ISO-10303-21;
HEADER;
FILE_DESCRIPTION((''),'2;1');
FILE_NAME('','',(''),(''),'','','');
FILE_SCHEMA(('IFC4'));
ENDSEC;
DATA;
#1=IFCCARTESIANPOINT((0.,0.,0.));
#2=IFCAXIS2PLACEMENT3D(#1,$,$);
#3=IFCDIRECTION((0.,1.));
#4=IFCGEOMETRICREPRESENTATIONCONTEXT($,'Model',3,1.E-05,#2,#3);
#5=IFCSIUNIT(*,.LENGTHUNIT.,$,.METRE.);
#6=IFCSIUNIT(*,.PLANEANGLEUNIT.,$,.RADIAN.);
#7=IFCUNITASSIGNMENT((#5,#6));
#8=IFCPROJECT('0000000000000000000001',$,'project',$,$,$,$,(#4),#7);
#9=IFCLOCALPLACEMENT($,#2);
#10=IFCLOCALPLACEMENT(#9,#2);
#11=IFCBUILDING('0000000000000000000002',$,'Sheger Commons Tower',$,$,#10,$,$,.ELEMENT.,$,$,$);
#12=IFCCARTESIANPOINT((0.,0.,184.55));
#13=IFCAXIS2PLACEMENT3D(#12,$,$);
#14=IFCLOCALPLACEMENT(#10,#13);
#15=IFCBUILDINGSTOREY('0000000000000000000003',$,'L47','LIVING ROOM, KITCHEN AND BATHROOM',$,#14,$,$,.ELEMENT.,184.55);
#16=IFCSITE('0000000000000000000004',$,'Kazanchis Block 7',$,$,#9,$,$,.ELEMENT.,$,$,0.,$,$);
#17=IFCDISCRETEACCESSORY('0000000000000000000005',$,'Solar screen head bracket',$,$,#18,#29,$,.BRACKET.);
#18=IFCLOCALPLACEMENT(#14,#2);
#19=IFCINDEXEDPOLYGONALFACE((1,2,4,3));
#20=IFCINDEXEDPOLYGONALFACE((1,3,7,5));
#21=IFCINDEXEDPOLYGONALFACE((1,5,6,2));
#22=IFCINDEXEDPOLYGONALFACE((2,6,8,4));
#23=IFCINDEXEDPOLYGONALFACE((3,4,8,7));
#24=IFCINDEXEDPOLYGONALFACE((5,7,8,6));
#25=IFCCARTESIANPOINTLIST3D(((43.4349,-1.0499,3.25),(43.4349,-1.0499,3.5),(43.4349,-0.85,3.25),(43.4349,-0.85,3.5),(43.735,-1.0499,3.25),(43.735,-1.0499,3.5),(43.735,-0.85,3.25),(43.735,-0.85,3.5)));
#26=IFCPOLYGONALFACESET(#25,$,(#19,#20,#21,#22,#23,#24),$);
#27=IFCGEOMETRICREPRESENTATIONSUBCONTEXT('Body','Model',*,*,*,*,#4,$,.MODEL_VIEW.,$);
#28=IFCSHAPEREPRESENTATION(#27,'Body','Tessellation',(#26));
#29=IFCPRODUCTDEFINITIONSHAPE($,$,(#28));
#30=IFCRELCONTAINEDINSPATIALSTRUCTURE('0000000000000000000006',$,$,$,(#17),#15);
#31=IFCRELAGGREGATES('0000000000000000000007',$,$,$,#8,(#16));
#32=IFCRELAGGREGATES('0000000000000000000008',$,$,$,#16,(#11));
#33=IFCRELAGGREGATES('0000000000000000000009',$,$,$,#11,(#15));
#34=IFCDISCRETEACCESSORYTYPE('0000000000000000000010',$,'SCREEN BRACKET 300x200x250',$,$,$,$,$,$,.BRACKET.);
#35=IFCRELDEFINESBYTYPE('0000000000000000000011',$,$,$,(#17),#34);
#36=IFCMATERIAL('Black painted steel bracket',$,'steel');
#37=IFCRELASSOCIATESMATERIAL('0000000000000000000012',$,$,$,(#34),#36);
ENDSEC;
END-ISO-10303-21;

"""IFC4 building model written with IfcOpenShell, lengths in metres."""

from ifc_helpers import new_model, si_unit, direction, frame, origin, origin_2d, place, context, subcontext, project, spatial, rectangle, extrude, material, type_object, element, save


model = new_model("IFC4")

# Units and contexts
model_context = context("Model", 3, precision=1e-05, world=origin(), true_north=direction((0.0, 1.0)))
body_context = subcontext(model_context, "Body", "Model", "MODEL_VIEW")
ifc_project = project(units=[si_unit("LENGTHUNIT", "METRE"), si_unit("PLANEANGLEUNIT", "RADIAN")], contexts=[model_context])

# Site, building, storey
site_placement = place(None, origin())
site = spatial("IfcSite", under=ifc_project, at=site_placement, Name="Kazanchis Block 7", CompositionType="ELEMENT", RefElevation=0.0)
building_placement = place(site_placement, origin())
building = spatial("IfcBuilding", under=site, at=building_placement, Name="Sheger Commons Tower", CompositionType="ELEMENT")
storey_placement = place(building_placement, frame((0.0, 0.0, 184.55)))
storey = spatial("IfcBuildingStorey", under=building, at=storey_placement, Name="L47", Description="LIVING ROOM, KITCHEN AND BATHROOM", CompositionType="ELEMENT", Elevation=184.55)

# Discrete accessory
ifc_material_1 = material(Name="Black painted steel bracket", Category="steel")
discrete_accessory_type = type_object("IfcDiscreteAccessoryType", Name="SCREEN BRACKET 300x200x250", PredefinedType="BRACKET", material=ifc_material_1)
for number, where, z_axis, x_axis, name in (
    (1, (43.585, -0.95, 3.25), (0.0, 0.0, 1.0), (1.0, 0.0, 0.0), "Solar screen head bracket"),
):
    element("IfcDiscreteAccessory", number, at=place(storey_placement, frame(where, z_axis=z_axis, x_axis=x_axis)), inside=storey, type_object=discrete_accessory_type, Name=name, PredefinedType="BRACKET", context=body_context, shape_type="SweptSolid", body=[
        extrude(rectangle(XDim=0.3, YDim=0.2, at=origin_2d()), origin(), (0.0, 0.0, 1.0), 0.25),
    ])

save(model, "model.ifc")
